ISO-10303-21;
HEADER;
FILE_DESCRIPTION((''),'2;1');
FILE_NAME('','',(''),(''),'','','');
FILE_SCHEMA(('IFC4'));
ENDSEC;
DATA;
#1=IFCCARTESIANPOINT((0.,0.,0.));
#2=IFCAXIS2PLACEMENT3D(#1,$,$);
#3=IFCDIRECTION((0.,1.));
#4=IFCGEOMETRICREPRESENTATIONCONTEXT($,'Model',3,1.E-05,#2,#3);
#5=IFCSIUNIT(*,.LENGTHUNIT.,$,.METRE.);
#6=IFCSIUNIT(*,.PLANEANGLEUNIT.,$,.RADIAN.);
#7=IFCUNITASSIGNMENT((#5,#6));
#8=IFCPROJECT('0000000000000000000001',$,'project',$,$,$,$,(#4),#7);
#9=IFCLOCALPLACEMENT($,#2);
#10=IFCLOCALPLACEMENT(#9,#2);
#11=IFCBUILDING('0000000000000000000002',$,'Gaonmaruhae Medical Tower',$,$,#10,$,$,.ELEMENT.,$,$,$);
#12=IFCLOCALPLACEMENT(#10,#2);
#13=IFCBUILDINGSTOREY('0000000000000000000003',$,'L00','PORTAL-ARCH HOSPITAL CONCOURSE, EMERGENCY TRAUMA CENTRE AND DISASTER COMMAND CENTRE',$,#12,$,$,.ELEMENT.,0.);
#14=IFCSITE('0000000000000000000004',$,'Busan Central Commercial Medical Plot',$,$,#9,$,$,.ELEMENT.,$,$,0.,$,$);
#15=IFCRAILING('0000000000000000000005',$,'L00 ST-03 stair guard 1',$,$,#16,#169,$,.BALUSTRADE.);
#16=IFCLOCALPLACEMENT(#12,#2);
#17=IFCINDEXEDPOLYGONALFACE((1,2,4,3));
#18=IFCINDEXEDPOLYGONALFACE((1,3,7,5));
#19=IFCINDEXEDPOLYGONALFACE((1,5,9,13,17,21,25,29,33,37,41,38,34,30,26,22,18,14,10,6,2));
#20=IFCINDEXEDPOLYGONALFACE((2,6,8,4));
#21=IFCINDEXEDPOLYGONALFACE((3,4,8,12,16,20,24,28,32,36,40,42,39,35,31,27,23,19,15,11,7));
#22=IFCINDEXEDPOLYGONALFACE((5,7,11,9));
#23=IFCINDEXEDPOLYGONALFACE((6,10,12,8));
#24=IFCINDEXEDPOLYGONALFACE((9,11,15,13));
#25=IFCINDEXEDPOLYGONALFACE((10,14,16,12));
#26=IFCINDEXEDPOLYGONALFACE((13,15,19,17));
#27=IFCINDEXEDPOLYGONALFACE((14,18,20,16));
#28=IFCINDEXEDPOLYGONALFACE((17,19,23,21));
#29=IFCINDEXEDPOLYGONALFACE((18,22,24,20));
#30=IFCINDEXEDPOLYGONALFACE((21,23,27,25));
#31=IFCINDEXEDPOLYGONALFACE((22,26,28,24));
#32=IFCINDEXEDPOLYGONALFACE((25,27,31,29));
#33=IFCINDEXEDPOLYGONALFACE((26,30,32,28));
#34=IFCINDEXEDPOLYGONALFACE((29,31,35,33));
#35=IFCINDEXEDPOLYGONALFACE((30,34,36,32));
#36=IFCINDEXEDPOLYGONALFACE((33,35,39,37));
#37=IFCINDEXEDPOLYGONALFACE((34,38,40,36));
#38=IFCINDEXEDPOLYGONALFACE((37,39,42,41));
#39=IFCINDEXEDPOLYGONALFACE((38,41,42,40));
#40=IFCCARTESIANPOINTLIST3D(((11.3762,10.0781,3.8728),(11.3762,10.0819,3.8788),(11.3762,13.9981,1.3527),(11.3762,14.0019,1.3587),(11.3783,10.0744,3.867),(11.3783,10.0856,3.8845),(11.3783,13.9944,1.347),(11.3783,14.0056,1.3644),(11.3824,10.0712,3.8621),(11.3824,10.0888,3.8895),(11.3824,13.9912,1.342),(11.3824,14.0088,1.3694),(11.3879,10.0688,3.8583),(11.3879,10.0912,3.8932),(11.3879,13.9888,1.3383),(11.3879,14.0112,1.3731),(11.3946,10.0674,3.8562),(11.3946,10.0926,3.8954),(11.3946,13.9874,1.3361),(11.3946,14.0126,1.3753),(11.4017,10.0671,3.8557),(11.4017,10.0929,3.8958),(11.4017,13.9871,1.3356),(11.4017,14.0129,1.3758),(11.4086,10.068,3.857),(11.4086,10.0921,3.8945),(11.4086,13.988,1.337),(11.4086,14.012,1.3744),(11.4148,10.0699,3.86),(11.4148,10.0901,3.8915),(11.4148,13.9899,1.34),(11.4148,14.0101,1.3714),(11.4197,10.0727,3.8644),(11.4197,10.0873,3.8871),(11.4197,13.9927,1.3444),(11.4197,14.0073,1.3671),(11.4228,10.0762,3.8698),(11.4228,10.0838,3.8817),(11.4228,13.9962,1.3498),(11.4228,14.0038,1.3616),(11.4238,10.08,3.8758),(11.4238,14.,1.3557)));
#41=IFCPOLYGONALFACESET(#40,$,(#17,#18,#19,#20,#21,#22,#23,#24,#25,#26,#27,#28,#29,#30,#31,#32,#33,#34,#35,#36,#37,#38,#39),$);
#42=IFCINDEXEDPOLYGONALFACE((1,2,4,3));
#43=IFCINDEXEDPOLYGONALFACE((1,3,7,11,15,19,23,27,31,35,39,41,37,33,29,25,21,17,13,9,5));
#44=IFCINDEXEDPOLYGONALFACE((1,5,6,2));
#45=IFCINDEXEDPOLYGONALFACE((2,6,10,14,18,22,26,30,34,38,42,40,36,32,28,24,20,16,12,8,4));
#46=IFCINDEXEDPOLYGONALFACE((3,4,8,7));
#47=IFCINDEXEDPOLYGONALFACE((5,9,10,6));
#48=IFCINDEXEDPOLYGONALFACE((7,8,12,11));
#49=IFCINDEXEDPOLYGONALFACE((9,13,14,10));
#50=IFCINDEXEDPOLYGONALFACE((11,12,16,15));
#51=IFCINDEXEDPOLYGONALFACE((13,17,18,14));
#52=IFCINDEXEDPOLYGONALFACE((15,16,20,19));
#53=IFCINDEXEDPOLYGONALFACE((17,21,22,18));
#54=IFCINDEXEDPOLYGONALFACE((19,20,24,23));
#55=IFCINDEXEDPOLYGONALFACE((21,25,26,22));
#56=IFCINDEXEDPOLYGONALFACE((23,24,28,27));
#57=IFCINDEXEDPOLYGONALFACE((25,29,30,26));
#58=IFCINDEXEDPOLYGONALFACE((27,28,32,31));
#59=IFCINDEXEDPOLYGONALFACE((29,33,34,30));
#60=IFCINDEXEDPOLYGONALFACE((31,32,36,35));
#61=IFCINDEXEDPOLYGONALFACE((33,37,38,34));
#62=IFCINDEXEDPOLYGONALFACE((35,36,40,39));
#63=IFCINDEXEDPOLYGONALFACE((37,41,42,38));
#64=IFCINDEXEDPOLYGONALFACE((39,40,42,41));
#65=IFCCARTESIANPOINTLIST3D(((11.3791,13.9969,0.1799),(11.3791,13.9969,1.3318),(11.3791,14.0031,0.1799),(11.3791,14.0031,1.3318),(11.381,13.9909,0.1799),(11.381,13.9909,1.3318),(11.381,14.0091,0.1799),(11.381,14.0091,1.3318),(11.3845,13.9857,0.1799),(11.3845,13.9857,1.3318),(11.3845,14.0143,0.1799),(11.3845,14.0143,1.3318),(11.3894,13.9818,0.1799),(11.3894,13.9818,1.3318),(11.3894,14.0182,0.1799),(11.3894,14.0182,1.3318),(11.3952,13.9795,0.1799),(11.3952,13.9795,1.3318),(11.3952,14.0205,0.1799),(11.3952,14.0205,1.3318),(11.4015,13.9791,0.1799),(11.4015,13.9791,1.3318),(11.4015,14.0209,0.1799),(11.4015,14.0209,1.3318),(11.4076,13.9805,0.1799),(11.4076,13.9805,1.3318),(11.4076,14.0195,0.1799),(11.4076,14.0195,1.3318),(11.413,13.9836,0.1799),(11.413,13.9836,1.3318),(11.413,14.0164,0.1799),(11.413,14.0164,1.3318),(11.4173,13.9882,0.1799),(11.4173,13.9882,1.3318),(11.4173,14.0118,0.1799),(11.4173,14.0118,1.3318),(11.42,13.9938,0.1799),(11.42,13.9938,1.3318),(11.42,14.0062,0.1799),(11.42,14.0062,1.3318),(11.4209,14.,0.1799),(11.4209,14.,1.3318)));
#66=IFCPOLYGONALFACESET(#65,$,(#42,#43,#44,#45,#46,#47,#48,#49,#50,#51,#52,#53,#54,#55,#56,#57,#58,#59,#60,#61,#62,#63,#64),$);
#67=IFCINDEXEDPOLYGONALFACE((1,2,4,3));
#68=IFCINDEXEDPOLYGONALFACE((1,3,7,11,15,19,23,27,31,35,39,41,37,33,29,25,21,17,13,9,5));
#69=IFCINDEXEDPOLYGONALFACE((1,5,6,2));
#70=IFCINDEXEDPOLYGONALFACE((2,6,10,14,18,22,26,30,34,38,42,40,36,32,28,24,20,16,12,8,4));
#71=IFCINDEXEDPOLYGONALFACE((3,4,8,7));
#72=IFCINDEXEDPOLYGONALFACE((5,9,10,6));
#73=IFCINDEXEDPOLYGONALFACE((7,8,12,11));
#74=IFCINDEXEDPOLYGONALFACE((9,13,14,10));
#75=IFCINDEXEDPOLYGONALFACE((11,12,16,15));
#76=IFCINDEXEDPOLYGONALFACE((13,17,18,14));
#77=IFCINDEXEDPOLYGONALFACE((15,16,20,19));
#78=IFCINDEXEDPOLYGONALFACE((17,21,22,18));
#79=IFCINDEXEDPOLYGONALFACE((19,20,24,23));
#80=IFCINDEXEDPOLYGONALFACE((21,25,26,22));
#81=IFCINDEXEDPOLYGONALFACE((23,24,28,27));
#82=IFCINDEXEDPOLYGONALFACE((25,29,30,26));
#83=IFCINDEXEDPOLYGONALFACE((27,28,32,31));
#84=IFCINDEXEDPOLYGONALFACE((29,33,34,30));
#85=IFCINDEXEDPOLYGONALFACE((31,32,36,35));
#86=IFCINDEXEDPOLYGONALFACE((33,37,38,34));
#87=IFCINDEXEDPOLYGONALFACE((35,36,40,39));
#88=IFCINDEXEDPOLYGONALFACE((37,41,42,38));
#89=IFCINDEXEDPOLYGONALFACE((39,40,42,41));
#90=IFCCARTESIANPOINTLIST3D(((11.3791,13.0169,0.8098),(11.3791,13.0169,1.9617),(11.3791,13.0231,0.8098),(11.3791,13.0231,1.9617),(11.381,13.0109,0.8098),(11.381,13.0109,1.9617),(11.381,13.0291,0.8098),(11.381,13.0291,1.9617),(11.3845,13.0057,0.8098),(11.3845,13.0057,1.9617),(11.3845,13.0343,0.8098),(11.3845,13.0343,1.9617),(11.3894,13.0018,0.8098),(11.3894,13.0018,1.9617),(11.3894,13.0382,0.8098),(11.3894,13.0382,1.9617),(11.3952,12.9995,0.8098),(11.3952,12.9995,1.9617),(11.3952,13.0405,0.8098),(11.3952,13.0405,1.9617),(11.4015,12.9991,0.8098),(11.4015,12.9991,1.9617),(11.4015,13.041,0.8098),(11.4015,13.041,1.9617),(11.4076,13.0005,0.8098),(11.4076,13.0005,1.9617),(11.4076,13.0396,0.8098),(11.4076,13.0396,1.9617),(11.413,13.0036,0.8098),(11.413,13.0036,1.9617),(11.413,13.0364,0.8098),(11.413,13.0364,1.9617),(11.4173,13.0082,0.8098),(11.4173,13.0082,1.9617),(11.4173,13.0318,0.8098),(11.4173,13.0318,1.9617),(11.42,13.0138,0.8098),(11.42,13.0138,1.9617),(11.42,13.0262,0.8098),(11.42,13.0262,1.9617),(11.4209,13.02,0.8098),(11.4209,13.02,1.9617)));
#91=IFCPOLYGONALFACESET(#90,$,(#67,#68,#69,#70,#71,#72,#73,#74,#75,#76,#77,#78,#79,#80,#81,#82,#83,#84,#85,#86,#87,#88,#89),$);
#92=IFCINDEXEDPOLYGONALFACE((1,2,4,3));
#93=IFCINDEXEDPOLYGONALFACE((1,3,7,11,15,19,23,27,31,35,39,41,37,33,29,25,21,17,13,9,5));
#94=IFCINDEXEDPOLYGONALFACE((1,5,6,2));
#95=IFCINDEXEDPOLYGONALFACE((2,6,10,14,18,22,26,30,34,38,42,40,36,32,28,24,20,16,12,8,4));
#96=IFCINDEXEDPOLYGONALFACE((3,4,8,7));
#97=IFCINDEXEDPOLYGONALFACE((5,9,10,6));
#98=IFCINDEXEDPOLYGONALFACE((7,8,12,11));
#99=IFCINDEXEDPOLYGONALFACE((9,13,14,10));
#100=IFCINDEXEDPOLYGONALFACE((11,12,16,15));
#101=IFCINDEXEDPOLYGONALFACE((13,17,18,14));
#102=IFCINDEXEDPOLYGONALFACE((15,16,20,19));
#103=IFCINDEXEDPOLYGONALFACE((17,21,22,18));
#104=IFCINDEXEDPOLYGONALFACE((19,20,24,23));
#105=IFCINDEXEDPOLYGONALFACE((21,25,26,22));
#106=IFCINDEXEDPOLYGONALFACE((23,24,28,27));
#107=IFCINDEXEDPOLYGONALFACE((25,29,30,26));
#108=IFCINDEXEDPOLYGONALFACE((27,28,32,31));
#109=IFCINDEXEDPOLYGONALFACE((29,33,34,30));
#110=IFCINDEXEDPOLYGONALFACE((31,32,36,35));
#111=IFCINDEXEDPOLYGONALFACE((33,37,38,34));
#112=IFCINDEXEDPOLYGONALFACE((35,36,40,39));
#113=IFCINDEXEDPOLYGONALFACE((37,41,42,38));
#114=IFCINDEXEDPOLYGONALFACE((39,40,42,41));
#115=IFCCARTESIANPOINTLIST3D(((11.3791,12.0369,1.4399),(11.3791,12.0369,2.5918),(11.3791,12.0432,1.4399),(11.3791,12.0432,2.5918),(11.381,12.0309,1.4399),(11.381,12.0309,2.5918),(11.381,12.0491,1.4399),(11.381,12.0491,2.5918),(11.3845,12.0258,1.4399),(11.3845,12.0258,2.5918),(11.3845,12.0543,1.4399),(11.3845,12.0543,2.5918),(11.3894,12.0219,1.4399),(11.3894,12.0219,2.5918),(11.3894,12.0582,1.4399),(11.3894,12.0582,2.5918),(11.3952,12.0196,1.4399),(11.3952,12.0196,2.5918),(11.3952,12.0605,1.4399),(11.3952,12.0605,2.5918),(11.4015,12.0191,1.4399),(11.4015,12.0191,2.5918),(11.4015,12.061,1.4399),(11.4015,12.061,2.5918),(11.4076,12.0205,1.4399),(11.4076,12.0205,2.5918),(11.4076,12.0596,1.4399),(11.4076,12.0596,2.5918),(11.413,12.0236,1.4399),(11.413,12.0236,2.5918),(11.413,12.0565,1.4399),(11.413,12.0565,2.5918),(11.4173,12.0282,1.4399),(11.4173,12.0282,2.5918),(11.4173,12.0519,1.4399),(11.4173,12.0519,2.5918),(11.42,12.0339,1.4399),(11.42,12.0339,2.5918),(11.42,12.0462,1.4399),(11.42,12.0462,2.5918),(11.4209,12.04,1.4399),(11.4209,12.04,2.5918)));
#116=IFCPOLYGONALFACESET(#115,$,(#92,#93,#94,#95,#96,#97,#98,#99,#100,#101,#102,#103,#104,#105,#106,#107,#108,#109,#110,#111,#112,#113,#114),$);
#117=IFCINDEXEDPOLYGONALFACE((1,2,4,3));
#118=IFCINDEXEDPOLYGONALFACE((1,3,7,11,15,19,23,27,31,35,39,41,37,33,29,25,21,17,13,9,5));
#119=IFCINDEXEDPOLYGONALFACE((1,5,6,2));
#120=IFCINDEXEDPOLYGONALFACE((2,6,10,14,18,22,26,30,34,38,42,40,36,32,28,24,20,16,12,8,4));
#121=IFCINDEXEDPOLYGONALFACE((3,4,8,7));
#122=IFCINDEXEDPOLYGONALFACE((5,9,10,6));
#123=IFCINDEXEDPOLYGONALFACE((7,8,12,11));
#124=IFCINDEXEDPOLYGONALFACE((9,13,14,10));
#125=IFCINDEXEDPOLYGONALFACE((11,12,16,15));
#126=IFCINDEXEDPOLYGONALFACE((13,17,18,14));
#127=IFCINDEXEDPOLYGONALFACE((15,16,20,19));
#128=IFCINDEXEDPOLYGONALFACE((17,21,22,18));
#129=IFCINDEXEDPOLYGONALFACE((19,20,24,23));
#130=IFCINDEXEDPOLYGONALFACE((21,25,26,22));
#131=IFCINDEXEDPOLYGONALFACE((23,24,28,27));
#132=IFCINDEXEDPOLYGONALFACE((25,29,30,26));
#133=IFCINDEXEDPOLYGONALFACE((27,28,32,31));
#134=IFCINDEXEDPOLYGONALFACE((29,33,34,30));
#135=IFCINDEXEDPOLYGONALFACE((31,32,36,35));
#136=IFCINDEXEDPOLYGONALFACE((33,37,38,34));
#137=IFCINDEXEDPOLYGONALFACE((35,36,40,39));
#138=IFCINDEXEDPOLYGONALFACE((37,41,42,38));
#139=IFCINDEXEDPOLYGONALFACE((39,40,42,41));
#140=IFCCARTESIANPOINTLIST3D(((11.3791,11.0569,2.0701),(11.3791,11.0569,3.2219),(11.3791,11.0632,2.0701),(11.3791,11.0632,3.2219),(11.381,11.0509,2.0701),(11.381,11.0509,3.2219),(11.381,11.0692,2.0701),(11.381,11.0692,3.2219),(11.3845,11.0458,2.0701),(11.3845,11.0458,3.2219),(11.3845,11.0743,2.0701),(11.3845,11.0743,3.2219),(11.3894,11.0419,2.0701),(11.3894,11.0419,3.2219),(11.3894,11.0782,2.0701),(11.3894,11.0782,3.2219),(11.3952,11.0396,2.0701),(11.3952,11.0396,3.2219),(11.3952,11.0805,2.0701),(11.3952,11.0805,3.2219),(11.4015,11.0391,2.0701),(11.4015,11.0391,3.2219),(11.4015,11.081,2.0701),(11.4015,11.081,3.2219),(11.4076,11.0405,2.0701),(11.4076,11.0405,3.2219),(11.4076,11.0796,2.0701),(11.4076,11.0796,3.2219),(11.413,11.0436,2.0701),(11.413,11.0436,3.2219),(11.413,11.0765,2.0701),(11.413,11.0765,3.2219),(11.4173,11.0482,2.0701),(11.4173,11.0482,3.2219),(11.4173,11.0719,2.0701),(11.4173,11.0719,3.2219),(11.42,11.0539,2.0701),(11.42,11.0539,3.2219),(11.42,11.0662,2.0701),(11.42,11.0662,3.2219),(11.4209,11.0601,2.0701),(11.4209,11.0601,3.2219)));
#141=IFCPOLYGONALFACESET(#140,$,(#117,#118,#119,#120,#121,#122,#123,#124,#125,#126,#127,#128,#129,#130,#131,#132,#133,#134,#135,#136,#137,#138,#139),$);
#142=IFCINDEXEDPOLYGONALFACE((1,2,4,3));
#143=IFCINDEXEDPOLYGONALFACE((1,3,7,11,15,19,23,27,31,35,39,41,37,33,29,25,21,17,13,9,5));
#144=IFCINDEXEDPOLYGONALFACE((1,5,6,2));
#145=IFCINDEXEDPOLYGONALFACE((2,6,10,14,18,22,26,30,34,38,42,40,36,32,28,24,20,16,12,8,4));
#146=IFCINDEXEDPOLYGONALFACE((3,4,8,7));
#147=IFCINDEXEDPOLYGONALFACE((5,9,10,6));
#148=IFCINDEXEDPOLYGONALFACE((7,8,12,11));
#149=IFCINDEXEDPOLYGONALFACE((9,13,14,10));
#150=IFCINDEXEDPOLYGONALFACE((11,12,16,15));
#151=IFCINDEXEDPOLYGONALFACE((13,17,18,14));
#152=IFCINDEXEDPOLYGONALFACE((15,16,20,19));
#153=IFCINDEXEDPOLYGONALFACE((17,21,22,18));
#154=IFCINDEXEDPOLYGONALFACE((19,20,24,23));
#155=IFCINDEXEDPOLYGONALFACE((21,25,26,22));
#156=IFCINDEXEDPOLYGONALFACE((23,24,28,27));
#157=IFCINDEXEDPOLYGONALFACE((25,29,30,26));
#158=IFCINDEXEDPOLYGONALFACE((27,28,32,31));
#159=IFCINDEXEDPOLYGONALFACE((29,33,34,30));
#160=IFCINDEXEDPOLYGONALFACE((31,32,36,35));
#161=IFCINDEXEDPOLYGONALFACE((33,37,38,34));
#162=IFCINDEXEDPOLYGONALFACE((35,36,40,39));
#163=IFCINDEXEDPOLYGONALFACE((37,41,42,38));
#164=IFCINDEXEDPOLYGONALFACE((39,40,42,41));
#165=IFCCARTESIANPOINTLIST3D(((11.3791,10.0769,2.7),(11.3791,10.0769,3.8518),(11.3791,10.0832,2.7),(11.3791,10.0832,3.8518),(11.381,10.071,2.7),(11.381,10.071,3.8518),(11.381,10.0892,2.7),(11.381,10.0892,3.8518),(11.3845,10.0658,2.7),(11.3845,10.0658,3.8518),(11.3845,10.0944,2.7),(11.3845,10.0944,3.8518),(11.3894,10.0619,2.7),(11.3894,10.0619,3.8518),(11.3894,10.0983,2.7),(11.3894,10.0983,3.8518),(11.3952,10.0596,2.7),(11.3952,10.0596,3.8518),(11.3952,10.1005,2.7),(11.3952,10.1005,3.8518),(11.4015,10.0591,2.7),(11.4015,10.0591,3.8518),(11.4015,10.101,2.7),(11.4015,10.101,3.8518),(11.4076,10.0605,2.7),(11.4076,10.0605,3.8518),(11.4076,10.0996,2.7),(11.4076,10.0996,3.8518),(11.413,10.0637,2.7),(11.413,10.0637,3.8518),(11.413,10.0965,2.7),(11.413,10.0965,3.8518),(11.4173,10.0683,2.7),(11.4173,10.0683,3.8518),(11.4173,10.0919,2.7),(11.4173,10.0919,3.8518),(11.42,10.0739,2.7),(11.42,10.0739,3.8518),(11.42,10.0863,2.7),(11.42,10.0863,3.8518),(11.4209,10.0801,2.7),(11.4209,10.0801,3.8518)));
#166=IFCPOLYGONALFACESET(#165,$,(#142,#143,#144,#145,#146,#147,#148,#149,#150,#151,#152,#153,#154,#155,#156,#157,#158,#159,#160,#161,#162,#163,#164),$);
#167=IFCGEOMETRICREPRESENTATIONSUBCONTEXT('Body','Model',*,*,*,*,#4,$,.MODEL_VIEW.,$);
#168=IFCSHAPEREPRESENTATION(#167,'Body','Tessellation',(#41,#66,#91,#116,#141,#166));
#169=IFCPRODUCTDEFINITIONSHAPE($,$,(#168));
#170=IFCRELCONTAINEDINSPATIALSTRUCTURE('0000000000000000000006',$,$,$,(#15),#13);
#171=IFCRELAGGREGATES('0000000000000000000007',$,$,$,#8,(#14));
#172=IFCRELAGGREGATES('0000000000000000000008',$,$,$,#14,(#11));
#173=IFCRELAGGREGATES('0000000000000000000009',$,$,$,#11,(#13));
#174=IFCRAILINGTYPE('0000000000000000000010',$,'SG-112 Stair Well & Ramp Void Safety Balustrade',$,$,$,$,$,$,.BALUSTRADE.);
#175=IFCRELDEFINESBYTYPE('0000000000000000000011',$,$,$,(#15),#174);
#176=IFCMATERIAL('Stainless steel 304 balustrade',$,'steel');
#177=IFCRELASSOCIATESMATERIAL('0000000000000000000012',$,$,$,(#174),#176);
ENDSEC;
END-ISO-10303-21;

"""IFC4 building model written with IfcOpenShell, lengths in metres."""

from ifc_helpers import new_model, si_unit, direction, frame, origin, origin_2d, place, context, subcontext, project, spatial, circle, extrude, material, type_object, element, save


model = new_model("IFC4")

# Units and contexts
model_context = context("Model", 3, precision=1e-05, world=origin(), true_north=direction((0.0, 1.0)))
body_context = subcontext(model_context, "Body", "Model", "MODEL_VIEW")
ifc_project = project(units=[si_unit("LENGTHUNIT", "METRE"), si_unit("PLANEANGLEUNIT", "RADIAN")], contexts=[model_context])

# Site, building, storey
site_placement = place(None, origin())
site = spatial("IfcSite", under=ifc_project, at=site_placement, Name="Busan Central Commercial Medical Plot", CompositionType="ELEMENT", RefElevation=0.0)
building_placement = place(site_placement, origin())
building = spatial("IfcBuilding", under=site, at=building_placement, Name="Gaonmaruhae Medical Tower", CompositionType="ELEMENT")
storey_placement = place(building_placement, origin())
storey = spatial("IfcBuildingStorey", under=building, at=storey_placement, Name="L00", Description="PORTAL-ARCH HOSPITAL CONCOURSE, EMERGENCY TRAUMA CENTRE AND DISASTER COMMAND CENTRE", CompositionType="ELEMENT", Elevation=0.0)

# Railing
ifc_material_1 = material(Name="Stainless steel 304 balustrade", Category="steel")
railing_type_1 = type_object("IfcRailingType", Name="SG-112 Stair Well & Ramp Void Safety Balustrade", PredefinedType="BALUSTRADE", material=ifc_material_1)
railing_1_placement = place(storey_placement, frame((11.3999, 14.0, 0.1799)))
element("IfcRailing", 1, at=railing_1_placement, inside=storey, type_object=railing_type_1, Name="L00 ST-03 stair guard 1", PredefinedType="BALUSTRADE", context=body_context, shape_type="SweptSolid", body=[
    extrude(circle(Radius=0.0239, at=origin_2d()), frame((0.0, 0.0, 1.1758), z_axis=(0.0, -0.841172, 0.540768), x_axis=(1.0, 0.0, 0.0)), (0.0, 0.0, 1.0), 4.6602),
    extrude(circle(Radius=0.021, at=origin_2d()), origin(), (0.0, 0.0, 1.0), 1.1519),
    extrude(circle(Radius=0.021, at=origin_2d()), frame((0.0, -0.98, 0.6299)), (0.0, 0.0, 1.0), 1.1519),
    extrude(circle(Radius=0.021, at=origin_2d()), frame((0.0, -1.96, 1.26)), (0.0, 0.0, 1.0), 1.1519),
    extrude(circle(Radius=0.021, at=origin_2d()), frame((0.0, -2.9399, 1.8901)), (0.0, 0.0, 1.0), 1.1519),
    extrude(circle(Radius=0.021, at=origin_2d()), frame((0.0, -3.9199, 2.52)), (0.0, 0.0, 1.0), 1.1519),
])

save(model, "model.ifc")
